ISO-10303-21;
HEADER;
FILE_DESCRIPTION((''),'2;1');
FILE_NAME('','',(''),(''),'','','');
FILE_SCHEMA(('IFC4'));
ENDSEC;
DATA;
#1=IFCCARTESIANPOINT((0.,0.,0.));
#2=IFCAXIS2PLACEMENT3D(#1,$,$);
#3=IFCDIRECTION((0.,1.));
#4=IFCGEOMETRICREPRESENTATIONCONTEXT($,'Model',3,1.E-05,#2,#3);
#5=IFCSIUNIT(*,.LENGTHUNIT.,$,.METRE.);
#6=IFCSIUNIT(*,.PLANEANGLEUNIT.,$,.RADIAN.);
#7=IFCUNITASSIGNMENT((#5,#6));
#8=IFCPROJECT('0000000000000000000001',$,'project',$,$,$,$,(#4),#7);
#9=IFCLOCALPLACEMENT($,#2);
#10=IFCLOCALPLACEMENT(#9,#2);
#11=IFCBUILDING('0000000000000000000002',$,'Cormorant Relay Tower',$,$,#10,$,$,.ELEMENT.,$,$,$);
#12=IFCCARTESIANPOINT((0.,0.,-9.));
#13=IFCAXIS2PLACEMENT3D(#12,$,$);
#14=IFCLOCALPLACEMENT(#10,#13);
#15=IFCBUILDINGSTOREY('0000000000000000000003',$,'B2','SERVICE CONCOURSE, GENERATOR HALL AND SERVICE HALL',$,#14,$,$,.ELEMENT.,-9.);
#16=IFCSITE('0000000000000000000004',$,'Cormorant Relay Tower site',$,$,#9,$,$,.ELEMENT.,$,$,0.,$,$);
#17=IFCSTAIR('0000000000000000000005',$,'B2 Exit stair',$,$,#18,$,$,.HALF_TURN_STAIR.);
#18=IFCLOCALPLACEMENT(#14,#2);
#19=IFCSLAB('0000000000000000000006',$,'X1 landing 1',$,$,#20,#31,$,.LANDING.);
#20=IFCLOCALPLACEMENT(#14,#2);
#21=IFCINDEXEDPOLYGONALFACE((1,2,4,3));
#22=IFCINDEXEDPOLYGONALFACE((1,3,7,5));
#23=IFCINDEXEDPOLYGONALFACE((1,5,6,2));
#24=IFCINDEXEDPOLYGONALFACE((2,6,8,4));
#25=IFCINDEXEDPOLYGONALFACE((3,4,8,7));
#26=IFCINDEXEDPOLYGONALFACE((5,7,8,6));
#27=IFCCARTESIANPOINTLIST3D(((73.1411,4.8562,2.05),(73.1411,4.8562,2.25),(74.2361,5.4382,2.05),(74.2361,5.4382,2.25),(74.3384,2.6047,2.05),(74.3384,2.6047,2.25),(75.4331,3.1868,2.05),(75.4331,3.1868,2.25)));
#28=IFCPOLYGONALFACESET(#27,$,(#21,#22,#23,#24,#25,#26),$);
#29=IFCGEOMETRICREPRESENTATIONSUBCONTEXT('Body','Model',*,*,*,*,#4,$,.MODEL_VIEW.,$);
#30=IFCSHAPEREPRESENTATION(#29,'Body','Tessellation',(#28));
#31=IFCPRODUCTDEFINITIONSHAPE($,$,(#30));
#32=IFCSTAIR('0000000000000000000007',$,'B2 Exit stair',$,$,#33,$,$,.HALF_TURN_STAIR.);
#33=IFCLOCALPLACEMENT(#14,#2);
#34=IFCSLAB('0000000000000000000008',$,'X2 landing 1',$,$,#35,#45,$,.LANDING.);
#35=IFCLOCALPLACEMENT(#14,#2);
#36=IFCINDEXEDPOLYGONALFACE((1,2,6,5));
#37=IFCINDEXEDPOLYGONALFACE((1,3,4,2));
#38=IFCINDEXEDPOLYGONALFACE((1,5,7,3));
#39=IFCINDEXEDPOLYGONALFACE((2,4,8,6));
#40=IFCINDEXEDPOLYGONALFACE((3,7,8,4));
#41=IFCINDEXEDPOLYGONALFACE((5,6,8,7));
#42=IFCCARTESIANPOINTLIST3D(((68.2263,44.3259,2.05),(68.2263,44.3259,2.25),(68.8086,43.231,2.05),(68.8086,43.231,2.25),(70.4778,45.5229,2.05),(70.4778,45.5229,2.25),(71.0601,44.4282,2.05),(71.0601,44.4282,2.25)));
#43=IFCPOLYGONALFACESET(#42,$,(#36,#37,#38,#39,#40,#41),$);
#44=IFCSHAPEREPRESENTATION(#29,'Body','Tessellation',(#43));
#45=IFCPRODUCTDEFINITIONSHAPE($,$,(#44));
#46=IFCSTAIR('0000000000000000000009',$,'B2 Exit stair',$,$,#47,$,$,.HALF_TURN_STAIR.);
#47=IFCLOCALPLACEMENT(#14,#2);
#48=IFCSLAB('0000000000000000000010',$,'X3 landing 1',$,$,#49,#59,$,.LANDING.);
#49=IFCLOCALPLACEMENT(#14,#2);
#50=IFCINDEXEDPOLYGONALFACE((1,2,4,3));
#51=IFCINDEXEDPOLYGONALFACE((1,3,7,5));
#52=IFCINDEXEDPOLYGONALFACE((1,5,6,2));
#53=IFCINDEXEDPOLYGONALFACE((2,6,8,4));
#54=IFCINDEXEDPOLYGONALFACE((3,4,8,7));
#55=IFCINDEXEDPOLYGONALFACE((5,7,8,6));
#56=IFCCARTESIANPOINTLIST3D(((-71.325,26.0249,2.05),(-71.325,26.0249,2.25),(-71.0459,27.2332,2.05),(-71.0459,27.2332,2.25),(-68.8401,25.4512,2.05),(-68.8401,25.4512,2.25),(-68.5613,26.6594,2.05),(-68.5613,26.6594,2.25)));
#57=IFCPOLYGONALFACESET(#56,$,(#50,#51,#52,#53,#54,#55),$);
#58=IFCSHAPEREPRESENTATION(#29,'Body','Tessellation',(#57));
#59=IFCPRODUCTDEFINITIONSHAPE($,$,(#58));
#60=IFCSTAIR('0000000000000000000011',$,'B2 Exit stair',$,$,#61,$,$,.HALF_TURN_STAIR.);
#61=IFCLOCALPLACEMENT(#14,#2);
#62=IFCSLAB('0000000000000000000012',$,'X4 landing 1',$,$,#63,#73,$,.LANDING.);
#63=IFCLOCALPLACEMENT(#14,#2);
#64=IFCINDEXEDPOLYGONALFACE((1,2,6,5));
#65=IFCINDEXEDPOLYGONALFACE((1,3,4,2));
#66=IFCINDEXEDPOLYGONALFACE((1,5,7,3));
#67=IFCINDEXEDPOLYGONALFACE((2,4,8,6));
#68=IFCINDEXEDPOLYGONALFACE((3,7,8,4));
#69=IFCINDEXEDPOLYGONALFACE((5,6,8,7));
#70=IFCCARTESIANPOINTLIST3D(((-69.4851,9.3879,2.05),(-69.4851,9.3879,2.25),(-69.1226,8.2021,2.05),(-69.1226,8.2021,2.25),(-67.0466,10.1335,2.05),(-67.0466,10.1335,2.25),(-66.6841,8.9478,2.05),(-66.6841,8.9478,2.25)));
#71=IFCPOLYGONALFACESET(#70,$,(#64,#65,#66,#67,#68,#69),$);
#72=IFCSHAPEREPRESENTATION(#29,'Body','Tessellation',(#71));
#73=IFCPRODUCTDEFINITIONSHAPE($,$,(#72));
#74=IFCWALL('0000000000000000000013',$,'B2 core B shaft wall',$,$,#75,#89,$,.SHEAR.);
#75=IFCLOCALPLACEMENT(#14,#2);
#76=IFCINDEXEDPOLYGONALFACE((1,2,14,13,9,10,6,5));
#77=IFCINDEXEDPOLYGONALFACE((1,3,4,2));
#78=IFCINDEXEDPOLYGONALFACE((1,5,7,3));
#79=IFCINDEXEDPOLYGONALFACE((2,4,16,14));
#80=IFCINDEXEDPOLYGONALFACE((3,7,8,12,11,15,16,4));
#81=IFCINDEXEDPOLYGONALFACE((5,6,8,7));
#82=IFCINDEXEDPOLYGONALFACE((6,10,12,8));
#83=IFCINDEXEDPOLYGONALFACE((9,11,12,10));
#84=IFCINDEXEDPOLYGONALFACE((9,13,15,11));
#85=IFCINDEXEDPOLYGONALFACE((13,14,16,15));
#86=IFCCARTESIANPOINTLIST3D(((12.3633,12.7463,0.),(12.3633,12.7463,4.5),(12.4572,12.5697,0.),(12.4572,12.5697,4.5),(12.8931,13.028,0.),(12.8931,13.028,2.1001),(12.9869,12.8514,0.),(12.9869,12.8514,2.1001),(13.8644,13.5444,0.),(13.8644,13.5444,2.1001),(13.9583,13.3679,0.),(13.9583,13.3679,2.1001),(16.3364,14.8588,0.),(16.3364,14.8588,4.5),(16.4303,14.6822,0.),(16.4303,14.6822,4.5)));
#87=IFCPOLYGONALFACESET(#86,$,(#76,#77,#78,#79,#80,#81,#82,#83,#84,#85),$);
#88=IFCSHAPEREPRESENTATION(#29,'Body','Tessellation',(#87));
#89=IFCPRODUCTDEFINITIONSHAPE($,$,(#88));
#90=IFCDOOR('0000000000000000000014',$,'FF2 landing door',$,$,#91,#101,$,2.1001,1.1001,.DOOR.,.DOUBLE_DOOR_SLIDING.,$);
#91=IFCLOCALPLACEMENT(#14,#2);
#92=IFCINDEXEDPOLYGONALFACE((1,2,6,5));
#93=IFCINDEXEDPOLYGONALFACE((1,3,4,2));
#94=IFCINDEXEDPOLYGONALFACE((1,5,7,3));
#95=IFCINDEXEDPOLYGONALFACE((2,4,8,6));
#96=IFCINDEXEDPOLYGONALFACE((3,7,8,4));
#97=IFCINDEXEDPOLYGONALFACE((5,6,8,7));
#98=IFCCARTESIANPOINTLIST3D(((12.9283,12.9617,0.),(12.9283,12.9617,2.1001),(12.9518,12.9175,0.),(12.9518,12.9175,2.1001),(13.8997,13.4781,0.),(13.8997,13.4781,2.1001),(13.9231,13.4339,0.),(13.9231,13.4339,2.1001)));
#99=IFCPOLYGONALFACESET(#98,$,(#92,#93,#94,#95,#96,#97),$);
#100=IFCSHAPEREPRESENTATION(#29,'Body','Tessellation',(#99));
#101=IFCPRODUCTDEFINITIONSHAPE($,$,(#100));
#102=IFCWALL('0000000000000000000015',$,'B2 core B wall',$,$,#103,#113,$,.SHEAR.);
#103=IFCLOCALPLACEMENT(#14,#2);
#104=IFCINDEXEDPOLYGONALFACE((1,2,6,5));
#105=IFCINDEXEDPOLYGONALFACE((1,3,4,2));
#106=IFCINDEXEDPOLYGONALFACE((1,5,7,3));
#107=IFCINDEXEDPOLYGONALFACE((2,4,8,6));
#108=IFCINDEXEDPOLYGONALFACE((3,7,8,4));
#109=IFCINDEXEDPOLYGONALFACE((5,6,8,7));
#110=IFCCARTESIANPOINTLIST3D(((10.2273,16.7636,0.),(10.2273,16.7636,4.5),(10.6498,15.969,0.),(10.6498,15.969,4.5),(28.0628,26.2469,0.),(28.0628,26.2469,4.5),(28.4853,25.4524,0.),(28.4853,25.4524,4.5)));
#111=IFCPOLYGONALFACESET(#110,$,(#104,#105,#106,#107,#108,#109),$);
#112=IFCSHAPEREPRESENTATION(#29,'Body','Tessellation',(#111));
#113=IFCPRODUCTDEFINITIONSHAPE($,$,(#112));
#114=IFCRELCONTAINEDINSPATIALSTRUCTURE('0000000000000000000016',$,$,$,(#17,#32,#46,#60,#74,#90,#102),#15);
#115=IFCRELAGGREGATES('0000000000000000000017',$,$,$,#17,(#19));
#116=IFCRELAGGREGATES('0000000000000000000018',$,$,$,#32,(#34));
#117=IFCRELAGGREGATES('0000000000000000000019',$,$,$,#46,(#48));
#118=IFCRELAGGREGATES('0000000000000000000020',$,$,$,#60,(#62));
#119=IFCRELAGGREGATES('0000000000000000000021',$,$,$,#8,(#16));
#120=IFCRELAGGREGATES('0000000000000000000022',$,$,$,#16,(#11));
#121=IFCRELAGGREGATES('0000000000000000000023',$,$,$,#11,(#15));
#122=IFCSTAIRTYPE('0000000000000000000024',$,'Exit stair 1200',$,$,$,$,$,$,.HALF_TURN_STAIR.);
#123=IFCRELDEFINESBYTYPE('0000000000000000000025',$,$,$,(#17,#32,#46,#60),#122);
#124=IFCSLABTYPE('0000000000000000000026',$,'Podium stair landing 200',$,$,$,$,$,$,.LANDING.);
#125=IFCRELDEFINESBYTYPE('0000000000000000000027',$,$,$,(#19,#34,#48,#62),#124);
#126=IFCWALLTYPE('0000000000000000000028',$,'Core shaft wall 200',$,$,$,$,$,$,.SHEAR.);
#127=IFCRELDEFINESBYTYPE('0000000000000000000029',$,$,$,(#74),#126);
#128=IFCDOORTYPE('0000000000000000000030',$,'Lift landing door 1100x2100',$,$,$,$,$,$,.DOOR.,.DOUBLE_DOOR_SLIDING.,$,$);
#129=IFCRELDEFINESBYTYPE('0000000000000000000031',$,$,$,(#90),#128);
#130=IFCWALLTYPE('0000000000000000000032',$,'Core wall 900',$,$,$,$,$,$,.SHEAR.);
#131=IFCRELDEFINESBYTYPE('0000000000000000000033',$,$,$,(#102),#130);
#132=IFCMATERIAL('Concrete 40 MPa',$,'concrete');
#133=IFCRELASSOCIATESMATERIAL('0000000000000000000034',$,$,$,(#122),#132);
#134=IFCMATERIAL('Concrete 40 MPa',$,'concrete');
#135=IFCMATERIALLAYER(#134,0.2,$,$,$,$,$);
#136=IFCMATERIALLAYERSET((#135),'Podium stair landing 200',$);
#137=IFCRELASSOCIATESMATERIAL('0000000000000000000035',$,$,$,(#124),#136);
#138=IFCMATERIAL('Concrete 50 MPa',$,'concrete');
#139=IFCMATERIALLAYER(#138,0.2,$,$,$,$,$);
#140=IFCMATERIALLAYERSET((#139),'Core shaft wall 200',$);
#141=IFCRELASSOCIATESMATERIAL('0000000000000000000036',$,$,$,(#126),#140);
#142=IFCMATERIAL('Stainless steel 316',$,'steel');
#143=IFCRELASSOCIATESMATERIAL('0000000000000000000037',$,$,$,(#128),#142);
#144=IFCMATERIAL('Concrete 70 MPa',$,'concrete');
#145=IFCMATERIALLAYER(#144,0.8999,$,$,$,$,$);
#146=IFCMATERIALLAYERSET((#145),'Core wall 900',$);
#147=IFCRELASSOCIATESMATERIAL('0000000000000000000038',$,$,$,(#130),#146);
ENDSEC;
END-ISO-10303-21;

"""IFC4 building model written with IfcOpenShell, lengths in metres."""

from ifc_helpers import new_model, si_unit, direction, frame, frame_2d, origin, place, context, subcontext, project, spatial, polyline, rectangle, outline, extrude, material, layer, layer_set, type_object, element, fill, aggregate, save


model = new_model("IFC4")

# Units and contexts
model_context = context("Model", 3, precision=1e-05, world=origin(), true_north=direction((0.0, 1.0)))
body_context = subcontext(model_context, "Body", "Model", "MODEL_VIEW")
ifc_project = project(units=[si_unit("LENGTHUNIT", "METRE"), si_unit("PLANEANGLEUNIT", "RADIAN")], contexts=[model_context])

# Site, building, storey
site_placement = place(None, origin())
site = spatial("IfcSite", under=ifc_project, at=site_placement, Name="Cormorant Relay Tower site", CompositionType="ELEMENT", RefElevation=0.0)
building_placement = place(site_placement, origin())
building = spatial("IfcBuilding", under=site, at=building_placement, Name="Cormorant Relay Tower", CompositionType="ELEMENT")
storey_placement = place(building_placement, frame((0.0, 0.0, -9.0)))
storey = spatial("IfcBuildingStorey", under=building, at=storey_placement, Name="B2", Description="SERVICE CONCOURSE, GENERATOR HALL AND SERVICE HALL", CompositionType="ELEMENT", Elevation=-9.0)

# Stairs, slabs
ifc_material_1 = material(Name="Concrete 40 MPa", Category="concrete")
stair_type = type_object("IfcStairType", Name="Exit stair 1200", PredefinedType="HALF_TURN_STAIR", material=ifc_material_1)
stair_1_placement = place(storey_placement, origin())
stair_1 = element("IfcStair", 1, at=stair_1_placement, inside=storey, type_object=stair_type, Name="B2 Exit stair", PredefinedType="HALF_TURN_STAIR")
ifc_material_2 = material(Name="Concrete 40 MPa", Category="concrete")
ifc_layer_1 = layer(ifc_material_2, 0.2)
ifc_layer_set_1 = layer_set([ifc_layer_1], Name="Podium stair landing 200")
slab_type = type_object("IfcSlabType", Name="Podium stair landing 200", PredefinedType="LANDING", material=ifc_layer_set_1)
slab_1_placement = place(storey_placement, frame((0.0, 0.0, 2.05)))
slab_1 = element("IfcSlab", 2, at=slab_1_placement, type_object=slab_type, Name="X1 landing 1", PredefinedType="LANDING", context=body_context, shape_type="SweptSolid", body=[
    extrude(outline(polyline([(74.3384, 2.6047), (75.4331, 3.1868), (74.2361, 5.4382), (73.1411, 4.8562), (74.3384, 2.6047)])), origin(), (0.0, 0.0, 1.0), 0.2),
])
aggregate(stair_1, [slab_1])
stair_2_placement = place(storey_placement, origin())
stair_2 = element("IfcStair", 3, at=stair_2_placement, inside=storey, type_object=stair_type, Name="B2 Exit stair", PredefinedType="HALF_TURN_STAIR")
slab_2_placement = place(storey_placement, frame((0.0, 0.0, 2.05)))
slab_2 = element("IfcSlab", 4, at=slab_2_placement, type_object=slab_type, Name="X2 landing 1", PredefinedType="LANDING", context=body_context, shape_type="SweptSolid", body=[
    extrude(outline(polyline([(71.0601, 44.4282), (70.4778, 45.5229), (68.2263, 44.3259), (68.8086, 43.231), (71.0601, 44.4282)])), origin(), (0.0, 0.0, 1.0), 0.2),
])
aggregate(stair_2, [slab_2])
stair_3_placement = place(storey_placement, origin())
stair_3 = element("IfcStair", 5, at=stair_3_placement, inside=storey, type_object=stair_type, Name="B2 Exit stair", PredefinedType="HALF_TURN_STAIR")
slab_3_placement = place(storey_placement, frame((0.0, 0.0, 2.05)))
slab_3 = element("IfcSlab", 6, at=slab_3_placement, type_object=slab_type, Name="X3 landing 1", PredefinedType="LANDING", context=body_context, shape_type="SweptSolid", body=[
    extrude(outline(polyline([(-71.0459, 27.2332), (-71.325, 26.0249), (-68.8401, 25.4512), (-68.5613, 26.6594), (-71.0459, 27.2332)])), origin(), (0.0, 0.0, 1.0), 0.2),
])
aggregate(stair_3, [slab_3])
stair_4_placement = place(storey_placement, origin())
stair_4 = element("IfcStair", 7, at=stair_4_placement, inside=storey, type_object=stair_type, Name="B2 Exit stair", PredefinedType="HALF_TURN_STAIR")
slab_4_placement = place(storey_placement, frame((0.0, 0.0, 2.05)))
slab_4 = element("IfcSlab", 8, at=slab_4_placement, type_object=slab_type, Name="X4 landing 1", PredefinedType="LANDING", context=body_context, shape_type="SweptSolid", body=[
    extrude(outline(polyline([(-69.4851, 9.3879), (-69.1226, 8.2021), (-66.6841, 8.9478), (-67.0466, 10.1335), (-69.4851, 9.3879)])), origin(), (0.0, 0.0, 1.0), 0.2),
])
aggregate(stair_4, [slab_4])

# Wall, opening, door
ifc_material_3 = material(Name="Concrete 50 MPa", Category="concrete")
ifc_layer_2 = layer(ifc_material_3, 0.2)
ifc_layer_set_2 = layer_set([ifc_layer_2], Name="Core shaft wall 200")
wall_type_1 = type_object("IfcWallType", Name="Core shaft wall 200", PredefinedType="SHEAR", material=ifc_layer_set_2)
wall_1_placement = place(storey_placement, frame((12.4102, 12.658, 0.0), z_axis=(0.0, 0.0, 1.0), x_axis=(0.882948, 0.46947, 0.0)))
wall_1 = element("IfcWall", 9, at=wall_1_placement, inside=storey, type_object=wall_type_1, Name="B2 core B shaft wall", PredefinedType="SHEAR", context=body_context, shape_type="SweptSolid", body=[
    extrude(rectangle(XDim=4.4998, YDim=0.2, at=frame_2d((2.25, 0.0))), origin(), (0.0, 0.0, 1.0), 4.5),
])
opening_placement = place(wall_1_placement, frame((0.6001, 0.0, 0.0)))
opening = element("IfcOpeningElement", 10, at=opening_placement, cuts=wall_1, PredefinedType="OPENING", context=body_context, shape_type="SweptSolid", body=[
    extrude(rectangle(XDim=1.1001, YDim=2.1001, at=frame_2d((0.55, 1.05))), frame((0.0, 0.1099, 0.0), z_axis=(0.0, -1.0, 0.0), x_axis=(1.0, 0.0, 0.0)), (0.0, 0.0, 1.0), 0.22),
])
ifc_material_4 = material(Name="Stainless steel 316", Category="steel")
door_type = type_object("IfcDoorType", Name="Lift landing door 1100x2100", OperationType="DOUBLE_DOOR_SLIDING", PredefinedType="DOOR", material=ifc_material_4)
door_placement = place(opening_placement, origin())
door = element("IfcDoor", 11, at=door_placement, inside=storey, type_object=door_type, Name="FF2 landing door", OperationType="DOUBLE_DOOR_SLIDING", OverallHeight=2.1001, OverallWidth=1.1001, PredefinedType="DOOR", context=body_context, shape_type="SweptSolid", body=[
    extrude(rectangle(XDim=1.1001, YDim=2.1001, at=frame_2d((0.55, 1.05))), frame((0.0, 0.0249, 0.0), z_axis=(0.0, -1.0, 0.0), x_axis=(1.0, 0.0, 0.0)), (0.0, 0.0, 1.0), 0.05),
])
fill(opening, door)

# Wall
ifc_material_5 = material(Name="Concrete 70 MPa", Category="concrete")
ifc_layer_3 = layer(ifc_material_5, 0.8999)
ifc_layer_set_3 = layer_set([ifc_layer_3], Name="Core wall 900")
wall_type_2 = type_object("IfcWallType", Name="Core wall 900", PredefinedType="SHEAR", material=ifc_layer_set_3)
wall_2_placement = place(storey_placement, frame((10.4385, 16.3662, 0.0), z_axis=(0.0, 0.0, 1.0), x_axis=(0.882945, 0.469476, 0.0)))
element("IfcWall", 12, at=wall_2_placement, inside=storey, type_object=wall_type_2, Name="B2 core B wall", PredefinedType="SHEAR", context=body_context, shape_type="SweptSolid", body=[
    extrude(rectangle(XDim=20.2, YDim=0.8999, at=frame_2d((10.1001, 0.0))), origin(), (0.0, 0.0, 1.0), 4.5),
])

save(model, "model.ifc")
